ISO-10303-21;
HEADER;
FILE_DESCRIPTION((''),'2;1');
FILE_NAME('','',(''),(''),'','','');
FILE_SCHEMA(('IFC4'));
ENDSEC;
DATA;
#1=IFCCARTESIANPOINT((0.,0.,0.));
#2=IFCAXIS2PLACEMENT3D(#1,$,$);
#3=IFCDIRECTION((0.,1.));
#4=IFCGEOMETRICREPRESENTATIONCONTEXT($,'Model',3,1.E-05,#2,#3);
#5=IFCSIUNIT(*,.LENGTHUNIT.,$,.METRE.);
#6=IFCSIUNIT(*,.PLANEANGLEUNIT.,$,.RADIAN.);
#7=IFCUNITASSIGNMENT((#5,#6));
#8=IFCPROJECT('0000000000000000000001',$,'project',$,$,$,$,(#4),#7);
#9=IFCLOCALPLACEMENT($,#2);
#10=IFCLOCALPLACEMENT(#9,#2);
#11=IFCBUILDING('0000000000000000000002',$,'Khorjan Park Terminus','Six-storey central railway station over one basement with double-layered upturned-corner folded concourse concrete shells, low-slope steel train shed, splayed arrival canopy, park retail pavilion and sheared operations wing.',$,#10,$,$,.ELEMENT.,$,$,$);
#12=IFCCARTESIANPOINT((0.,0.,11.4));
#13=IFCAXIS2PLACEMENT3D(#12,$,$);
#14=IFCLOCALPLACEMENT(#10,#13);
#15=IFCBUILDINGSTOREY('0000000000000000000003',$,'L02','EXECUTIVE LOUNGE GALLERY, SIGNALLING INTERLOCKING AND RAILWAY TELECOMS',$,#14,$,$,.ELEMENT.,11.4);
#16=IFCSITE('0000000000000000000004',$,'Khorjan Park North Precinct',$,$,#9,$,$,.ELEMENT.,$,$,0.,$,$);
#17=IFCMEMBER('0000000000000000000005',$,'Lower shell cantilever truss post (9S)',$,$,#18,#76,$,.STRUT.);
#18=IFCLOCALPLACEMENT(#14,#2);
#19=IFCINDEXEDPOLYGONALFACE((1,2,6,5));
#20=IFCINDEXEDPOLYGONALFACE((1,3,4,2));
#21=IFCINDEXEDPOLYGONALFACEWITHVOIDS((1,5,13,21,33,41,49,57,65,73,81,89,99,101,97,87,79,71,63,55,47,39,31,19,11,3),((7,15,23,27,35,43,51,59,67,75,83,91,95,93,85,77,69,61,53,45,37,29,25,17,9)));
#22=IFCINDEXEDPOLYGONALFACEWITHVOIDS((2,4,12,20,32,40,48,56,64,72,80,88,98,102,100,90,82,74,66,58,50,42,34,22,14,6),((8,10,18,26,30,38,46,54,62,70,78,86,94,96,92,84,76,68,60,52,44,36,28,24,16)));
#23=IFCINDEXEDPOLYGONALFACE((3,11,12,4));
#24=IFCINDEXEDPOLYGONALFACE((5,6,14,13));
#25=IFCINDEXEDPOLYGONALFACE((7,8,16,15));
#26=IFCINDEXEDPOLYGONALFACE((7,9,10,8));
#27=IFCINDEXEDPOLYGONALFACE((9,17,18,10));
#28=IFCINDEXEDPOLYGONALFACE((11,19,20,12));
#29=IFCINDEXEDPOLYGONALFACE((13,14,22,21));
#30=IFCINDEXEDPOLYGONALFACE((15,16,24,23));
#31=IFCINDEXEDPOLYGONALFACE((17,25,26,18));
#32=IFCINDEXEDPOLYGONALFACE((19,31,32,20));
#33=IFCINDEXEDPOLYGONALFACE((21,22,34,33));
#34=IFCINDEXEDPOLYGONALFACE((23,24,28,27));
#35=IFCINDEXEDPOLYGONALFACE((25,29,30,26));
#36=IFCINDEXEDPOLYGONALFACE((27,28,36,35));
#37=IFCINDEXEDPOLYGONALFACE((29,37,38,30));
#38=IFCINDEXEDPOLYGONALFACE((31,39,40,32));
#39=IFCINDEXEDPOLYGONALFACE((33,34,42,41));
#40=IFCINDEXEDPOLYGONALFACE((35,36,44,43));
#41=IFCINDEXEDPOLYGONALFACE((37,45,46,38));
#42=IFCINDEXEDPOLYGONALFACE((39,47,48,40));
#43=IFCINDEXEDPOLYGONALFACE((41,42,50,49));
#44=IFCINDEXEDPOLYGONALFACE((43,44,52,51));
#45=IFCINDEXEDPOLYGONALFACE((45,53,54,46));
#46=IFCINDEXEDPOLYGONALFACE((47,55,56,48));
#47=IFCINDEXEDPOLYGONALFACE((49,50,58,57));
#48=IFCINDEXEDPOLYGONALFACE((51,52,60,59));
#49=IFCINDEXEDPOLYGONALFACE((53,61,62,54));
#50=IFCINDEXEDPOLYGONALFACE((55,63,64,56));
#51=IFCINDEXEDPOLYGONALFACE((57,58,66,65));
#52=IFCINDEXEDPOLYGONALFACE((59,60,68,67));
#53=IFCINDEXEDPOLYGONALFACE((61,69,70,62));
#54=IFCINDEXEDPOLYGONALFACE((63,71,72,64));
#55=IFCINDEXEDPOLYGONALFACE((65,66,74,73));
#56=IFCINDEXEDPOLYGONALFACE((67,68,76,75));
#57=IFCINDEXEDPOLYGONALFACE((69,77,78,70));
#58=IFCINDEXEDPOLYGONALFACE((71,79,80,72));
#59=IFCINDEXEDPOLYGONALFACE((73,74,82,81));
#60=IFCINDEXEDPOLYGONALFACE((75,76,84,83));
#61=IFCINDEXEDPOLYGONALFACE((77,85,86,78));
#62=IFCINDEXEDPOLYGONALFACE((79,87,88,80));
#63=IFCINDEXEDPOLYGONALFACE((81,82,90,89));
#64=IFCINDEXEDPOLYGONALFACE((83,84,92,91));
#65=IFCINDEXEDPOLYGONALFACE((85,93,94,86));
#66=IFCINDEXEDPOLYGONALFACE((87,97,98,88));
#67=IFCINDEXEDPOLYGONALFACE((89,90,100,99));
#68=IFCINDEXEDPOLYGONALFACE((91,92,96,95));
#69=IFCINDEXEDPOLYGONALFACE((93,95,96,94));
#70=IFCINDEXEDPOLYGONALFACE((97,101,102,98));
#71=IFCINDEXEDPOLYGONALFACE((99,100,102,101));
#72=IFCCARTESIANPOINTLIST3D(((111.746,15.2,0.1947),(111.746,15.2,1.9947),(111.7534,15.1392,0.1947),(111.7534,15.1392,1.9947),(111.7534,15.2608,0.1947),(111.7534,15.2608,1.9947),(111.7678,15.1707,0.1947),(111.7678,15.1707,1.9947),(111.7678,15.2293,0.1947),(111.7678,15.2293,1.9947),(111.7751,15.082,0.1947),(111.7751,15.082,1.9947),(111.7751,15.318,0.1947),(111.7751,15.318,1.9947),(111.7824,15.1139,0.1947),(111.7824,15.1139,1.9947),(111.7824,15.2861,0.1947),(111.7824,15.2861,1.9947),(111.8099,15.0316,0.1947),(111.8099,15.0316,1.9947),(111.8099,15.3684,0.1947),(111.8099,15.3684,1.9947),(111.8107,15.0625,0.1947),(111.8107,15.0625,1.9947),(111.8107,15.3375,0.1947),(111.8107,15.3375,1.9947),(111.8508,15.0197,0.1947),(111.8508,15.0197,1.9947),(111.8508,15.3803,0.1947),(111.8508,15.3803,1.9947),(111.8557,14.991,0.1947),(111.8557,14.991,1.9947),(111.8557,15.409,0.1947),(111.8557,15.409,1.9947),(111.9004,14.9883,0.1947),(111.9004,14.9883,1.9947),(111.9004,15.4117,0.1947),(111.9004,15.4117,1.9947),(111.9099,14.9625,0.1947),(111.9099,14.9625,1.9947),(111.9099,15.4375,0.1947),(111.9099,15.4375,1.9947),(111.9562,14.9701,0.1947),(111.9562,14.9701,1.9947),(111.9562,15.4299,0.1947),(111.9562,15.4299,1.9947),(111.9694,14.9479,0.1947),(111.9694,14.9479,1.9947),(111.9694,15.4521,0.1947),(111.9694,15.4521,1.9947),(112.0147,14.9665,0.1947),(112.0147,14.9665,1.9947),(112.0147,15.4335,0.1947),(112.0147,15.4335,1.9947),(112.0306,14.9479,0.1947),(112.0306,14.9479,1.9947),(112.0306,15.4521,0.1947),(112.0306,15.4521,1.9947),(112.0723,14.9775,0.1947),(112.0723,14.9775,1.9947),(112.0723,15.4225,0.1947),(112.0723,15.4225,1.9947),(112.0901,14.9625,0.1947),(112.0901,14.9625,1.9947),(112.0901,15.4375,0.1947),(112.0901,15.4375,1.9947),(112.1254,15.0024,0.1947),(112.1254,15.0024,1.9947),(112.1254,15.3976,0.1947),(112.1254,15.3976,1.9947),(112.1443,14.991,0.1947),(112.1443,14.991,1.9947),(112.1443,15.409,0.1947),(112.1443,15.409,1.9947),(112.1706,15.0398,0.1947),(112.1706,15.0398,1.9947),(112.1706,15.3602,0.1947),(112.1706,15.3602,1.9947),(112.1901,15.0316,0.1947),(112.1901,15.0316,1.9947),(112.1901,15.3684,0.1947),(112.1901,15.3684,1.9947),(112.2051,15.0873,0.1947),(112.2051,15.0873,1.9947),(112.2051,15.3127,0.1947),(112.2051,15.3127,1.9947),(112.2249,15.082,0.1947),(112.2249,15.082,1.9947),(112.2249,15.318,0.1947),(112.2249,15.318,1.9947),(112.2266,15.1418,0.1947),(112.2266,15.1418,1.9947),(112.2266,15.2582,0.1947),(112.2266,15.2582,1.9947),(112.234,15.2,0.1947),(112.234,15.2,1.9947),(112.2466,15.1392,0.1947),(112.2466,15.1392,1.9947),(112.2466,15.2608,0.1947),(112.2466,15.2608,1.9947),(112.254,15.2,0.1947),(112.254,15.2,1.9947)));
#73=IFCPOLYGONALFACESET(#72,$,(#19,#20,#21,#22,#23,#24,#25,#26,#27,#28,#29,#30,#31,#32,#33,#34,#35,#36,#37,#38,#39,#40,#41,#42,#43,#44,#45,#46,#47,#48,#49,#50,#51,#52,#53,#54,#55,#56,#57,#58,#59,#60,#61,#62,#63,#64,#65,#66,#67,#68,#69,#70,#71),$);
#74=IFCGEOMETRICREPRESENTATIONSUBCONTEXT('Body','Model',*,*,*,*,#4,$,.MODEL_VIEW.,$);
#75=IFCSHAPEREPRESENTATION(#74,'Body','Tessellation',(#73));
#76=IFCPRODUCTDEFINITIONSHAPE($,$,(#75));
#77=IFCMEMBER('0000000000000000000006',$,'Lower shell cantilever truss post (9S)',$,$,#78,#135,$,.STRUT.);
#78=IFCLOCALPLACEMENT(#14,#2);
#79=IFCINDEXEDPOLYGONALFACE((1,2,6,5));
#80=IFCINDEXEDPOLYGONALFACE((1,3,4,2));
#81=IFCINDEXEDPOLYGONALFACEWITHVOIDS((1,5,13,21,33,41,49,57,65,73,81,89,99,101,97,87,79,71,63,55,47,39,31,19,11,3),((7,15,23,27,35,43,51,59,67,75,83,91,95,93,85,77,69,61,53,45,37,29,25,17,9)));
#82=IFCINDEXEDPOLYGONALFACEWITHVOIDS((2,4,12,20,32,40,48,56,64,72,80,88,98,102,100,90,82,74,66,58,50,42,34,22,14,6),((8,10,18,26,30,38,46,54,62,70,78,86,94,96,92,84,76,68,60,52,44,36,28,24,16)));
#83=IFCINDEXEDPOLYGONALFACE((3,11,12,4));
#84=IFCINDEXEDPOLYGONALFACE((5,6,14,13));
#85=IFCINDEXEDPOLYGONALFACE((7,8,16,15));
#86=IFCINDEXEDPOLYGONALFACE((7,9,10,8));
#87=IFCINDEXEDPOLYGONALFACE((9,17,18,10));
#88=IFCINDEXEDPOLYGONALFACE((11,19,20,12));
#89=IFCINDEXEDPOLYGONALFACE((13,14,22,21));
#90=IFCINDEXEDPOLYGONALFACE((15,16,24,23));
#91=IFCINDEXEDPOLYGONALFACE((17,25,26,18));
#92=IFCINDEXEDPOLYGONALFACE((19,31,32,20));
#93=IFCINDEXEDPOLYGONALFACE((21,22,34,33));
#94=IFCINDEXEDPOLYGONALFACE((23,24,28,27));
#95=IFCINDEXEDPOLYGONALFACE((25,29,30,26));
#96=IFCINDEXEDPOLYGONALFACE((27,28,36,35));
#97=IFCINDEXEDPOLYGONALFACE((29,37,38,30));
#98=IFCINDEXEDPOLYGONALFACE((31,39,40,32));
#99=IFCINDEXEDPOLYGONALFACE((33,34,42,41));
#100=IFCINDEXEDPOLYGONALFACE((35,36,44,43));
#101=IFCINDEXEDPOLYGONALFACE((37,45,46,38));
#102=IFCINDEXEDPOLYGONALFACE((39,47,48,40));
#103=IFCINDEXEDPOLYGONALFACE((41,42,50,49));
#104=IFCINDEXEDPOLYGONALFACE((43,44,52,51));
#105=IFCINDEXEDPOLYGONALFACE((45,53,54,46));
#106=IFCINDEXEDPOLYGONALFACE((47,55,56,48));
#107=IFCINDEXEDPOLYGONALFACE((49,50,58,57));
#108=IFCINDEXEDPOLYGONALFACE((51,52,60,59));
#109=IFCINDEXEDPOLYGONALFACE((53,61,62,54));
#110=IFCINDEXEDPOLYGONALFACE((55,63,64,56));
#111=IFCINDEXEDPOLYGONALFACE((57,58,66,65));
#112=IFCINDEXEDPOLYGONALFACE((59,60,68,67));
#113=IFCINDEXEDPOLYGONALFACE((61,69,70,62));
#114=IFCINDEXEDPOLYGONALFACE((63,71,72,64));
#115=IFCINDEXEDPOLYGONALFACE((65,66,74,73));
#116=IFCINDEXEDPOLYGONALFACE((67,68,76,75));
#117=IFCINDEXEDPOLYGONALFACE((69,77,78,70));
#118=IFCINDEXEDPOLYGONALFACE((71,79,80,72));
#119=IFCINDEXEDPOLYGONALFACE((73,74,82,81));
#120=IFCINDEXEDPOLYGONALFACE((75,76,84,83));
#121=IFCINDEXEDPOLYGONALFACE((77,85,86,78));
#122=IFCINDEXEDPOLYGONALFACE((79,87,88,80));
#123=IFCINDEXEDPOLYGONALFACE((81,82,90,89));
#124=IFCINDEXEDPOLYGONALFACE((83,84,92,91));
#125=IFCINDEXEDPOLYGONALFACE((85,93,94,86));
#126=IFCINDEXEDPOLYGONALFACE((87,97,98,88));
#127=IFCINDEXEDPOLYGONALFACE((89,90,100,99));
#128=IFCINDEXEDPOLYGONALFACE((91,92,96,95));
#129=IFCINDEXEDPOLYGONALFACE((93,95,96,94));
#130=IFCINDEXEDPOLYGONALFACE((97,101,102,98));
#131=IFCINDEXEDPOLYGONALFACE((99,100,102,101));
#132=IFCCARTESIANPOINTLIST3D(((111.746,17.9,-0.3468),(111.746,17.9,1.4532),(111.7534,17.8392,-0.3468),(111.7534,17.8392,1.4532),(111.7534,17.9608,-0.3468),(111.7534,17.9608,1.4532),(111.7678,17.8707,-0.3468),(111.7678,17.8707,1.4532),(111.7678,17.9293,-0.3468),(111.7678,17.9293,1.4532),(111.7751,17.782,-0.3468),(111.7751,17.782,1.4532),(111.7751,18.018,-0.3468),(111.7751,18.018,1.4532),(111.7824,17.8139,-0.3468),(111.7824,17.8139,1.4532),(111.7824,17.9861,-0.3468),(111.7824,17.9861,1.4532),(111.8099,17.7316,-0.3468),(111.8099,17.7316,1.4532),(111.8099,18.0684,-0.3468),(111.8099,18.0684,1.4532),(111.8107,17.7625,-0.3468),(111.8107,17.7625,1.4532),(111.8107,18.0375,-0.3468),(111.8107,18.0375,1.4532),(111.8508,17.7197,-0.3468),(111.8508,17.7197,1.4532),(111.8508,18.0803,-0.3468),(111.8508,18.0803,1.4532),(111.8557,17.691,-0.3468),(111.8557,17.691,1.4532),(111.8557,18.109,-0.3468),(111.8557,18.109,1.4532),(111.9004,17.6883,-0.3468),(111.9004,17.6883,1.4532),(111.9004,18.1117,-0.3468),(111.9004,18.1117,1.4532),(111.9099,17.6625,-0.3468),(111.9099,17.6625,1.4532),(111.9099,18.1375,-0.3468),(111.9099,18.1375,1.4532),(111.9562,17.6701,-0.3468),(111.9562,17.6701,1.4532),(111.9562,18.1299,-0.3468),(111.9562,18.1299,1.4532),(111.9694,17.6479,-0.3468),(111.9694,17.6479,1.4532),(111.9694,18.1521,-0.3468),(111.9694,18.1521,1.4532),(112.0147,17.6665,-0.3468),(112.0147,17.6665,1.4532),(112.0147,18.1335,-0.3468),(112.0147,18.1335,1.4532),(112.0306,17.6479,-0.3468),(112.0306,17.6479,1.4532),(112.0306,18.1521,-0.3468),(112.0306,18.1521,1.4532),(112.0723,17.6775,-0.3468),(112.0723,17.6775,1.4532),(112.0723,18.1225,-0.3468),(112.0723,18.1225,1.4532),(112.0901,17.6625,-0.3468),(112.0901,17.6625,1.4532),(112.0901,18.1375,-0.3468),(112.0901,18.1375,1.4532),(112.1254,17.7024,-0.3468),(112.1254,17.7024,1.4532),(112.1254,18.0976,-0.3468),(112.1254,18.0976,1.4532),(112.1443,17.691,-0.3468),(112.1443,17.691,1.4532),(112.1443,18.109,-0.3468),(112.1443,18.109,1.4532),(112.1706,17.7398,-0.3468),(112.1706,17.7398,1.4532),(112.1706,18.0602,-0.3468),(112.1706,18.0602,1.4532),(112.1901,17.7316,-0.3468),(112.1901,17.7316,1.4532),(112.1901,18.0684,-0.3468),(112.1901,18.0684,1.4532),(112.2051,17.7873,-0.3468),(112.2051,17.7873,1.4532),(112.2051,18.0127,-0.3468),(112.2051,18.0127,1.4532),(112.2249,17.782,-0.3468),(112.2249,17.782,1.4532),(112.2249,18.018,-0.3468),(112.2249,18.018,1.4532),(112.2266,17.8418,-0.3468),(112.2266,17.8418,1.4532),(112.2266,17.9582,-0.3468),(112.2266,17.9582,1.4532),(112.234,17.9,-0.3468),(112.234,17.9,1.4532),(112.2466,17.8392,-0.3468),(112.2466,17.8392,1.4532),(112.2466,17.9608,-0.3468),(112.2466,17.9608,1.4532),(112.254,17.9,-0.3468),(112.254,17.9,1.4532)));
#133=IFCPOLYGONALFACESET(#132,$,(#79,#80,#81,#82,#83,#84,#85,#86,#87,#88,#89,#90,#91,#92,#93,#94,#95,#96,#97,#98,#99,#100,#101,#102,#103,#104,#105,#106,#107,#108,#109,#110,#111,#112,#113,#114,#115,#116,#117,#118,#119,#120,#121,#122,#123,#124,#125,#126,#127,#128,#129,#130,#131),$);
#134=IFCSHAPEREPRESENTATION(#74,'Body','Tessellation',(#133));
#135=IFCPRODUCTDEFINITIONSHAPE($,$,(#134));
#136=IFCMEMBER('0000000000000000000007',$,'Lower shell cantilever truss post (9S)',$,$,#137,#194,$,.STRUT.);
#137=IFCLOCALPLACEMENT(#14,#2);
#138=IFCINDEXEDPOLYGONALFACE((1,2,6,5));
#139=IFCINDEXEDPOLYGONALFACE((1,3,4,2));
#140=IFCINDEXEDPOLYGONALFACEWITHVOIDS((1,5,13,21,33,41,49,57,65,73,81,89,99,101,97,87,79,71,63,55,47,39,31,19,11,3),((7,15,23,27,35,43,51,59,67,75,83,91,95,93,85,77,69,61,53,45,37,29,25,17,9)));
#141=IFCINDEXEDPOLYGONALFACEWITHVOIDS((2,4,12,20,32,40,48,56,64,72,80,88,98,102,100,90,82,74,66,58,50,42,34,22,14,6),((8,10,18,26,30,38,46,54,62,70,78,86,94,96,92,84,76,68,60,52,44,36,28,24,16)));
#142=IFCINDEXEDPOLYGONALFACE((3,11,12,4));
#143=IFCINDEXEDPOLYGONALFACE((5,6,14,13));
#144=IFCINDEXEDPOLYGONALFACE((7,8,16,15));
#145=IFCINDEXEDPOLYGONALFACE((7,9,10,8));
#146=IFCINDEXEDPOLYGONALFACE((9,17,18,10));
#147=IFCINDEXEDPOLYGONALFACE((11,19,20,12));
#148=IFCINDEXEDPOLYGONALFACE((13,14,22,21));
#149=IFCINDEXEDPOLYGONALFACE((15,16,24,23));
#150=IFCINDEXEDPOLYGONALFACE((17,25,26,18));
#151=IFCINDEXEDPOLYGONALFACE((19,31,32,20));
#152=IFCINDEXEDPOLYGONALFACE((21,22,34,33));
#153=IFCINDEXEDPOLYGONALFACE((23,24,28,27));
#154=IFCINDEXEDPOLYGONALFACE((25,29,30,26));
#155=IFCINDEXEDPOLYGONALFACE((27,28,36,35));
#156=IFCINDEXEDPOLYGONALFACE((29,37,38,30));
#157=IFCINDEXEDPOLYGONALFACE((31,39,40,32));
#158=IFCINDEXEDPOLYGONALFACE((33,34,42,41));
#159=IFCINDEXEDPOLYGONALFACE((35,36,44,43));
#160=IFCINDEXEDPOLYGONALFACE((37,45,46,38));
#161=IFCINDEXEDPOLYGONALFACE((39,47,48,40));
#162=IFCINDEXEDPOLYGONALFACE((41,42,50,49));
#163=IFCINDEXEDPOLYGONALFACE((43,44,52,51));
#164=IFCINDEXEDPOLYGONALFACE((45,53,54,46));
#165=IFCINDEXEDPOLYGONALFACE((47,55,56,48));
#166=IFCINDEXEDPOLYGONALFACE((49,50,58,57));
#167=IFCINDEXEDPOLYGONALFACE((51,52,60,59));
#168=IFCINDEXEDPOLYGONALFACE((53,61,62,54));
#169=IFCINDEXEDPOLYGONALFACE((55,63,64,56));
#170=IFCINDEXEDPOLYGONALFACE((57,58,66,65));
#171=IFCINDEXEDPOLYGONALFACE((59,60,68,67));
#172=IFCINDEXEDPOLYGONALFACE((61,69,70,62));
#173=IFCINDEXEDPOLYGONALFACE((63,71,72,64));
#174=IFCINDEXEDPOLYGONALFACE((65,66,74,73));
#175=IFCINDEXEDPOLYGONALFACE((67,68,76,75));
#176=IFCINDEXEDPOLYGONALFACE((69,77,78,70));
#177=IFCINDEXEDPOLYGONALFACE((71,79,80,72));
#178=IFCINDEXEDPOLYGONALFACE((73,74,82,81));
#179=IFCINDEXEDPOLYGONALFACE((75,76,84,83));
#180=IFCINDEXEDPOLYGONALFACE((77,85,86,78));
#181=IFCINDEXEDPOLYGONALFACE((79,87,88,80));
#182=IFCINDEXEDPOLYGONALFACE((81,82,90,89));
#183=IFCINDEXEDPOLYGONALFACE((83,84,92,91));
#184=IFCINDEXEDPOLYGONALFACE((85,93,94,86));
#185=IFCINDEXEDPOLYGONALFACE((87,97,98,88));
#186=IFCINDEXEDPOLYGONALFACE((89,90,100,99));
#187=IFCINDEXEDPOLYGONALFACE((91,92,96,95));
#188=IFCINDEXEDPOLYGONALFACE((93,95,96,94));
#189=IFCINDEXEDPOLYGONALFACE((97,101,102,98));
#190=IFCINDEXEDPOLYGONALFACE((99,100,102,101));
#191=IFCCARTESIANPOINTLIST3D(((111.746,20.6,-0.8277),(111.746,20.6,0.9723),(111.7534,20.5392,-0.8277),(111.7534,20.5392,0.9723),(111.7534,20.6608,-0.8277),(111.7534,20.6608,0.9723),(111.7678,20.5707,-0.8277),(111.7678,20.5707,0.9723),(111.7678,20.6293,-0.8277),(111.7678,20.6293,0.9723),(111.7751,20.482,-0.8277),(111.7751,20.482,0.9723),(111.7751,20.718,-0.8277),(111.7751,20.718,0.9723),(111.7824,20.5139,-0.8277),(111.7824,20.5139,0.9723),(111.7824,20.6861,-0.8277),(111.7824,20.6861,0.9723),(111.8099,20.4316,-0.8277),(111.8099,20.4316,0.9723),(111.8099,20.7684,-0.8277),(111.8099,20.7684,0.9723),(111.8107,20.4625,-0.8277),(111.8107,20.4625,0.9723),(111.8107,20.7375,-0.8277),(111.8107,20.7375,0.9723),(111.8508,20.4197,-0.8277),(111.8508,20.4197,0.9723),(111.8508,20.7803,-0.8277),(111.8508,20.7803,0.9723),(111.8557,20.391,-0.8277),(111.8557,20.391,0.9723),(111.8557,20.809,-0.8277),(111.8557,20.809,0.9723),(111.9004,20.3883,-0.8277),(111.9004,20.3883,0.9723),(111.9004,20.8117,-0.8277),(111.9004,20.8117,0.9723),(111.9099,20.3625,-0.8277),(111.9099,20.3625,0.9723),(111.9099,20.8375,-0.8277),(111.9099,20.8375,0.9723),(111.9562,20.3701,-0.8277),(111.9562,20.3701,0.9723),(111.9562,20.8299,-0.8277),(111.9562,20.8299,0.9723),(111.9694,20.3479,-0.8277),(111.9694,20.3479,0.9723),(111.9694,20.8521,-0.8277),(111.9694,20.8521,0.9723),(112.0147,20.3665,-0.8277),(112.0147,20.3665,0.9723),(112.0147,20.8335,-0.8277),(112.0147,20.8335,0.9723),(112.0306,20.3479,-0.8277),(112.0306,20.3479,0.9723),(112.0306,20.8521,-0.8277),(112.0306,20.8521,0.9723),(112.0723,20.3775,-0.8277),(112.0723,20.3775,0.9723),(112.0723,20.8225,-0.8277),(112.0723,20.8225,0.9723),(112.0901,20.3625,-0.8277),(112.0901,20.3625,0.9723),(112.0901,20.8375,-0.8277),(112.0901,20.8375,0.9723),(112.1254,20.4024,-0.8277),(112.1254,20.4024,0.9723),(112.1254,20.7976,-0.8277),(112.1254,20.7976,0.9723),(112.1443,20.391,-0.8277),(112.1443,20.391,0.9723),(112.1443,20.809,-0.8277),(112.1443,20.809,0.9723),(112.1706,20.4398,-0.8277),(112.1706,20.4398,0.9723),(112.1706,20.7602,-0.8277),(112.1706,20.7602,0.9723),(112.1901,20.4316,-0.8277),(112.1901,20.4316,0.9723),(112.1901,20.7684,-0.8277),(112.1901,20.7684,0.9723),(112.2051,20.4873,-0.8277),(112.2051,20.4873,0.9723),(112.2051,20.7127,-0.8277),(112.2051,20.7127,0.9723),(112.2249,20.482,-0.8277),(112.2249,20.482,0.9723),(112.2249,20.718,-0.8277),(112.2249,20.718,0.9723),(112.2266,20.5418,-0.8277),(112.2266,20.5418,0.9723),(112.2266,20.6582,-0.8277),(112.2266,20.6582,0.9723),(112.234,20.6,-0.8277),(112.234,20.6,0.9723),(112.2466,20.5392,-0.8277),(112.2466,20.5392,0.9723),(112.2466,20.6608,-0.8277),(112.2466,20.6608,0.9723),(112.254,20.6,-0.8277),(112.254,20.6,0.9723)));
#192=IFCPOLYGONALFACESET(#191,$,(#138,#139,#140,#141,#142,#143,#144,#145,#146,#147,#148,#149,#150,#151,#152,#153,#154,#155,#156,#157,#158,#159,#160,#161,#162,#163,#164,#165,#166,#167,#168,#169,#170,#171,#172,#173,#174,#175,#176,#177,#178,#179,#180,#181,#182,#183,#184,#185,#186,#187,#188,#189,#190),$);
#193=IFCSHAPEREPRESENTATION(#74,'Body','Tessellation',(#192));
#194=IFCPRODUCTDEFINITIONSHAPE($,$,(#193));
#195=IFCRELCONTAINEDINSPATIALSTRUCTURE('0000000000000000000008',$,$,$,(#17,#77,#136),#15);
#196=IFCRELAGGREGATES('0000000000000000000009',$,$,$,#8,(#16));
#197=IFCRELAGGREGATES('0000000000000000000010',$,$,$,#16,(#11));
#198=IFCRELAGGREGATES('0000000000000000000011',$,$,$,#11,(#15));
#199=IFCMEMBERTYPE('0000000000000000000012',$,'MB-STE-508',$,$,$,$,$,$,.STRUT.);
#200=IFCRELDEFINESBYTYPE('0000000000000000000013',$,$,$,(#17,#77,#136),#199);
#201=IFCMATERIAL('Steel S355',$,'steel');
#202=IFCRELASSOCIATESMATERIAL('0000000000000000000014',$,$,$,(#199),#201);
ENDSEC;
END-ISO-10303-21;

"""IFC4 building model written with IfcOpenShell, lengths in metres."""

from ifc_helpers import new_model, si_unit, direction, frame, origin, origin_2d, place, context, subcontext, project, spatial, hollow_circle, extrude, material, material_profile, profile_set, type_object, element, save


model = new_model("IFC4")

# Units and contexts
model_context = context("Model", 3, precision=1e-05, world=origin(), true_north=direction((0.0, 1.0)))
body_context = subcontext(model_context, "Body", "Model", "MODEL_VIEW")
ifc_project = project(units=[si_unit("LENGTHUNIT", "METRE"), si_unit("PLANEANGLEUNIT", "RADIAN")], contexts=[model_context])

# Site, building, storey
site_placement = place(None, origin())
site = spatial("IfcSite", under=ifc_project, at=site_placement, Name="Khorjan Park North Precinct", CompositionType="ELEMENT", RefElevation=0.0)
building_placement = place(site_placement, origin())
building = spatial("IfcBuilding", under=site, at=building_placement, Name="Khorjan Park Terminus", Description="Six-storey central railway station over one basement with double-layered upturned-corner folded concourse concrete shells, low-slope steel train shed, splayed arrival canopy, park retail pavilion and sheared operations wing.", CompositionType="ELEMENT")
storey_placement = place(building_placement, frame((0.0, 0.0, 11.4)))
storey = spatial("IfcBuildingStorey", under=building, at=storey_placement, Name="L02", Description="EXECUTIVE LOUNGE GALLERY, SIGNALLING INTERLOCKING AND RAILWAY TELECOMS", CompositionType="ELEMENT", Elevation=11.4)

# Members
ifc_material_1 = material(Name="Steel S355", Category="steel")
ifc_material_profile_1 = material_profile(ifc_material_1, hollow_circle(Radius=0.254, WallThickness=0.02, at=origin_2d()), Name="CHS 508x20")
ifc_profile_set_1 = profile_set([ifc_material_profile_1], Name="Steel S355")
member_type_1 = type_object("IfcMemberType", Name="MB-STE-508", PredefinedType="STRUT", material=ifc_profile_set_1)
for number, where, z_axis, x_axis, name in (
    (1, (112.0, 15.2, 0.1947), (0.0, 0.0, 1.0), (1.0, 0.0, 0.0), "Lower shell cantilever truss post (9S)"),
    (2, (112.0, 17.9, -0.3468), (0.0, 0.0, 1.0), (1.0, 0.0, 0.0), "Lower shell cantilever truss post (9S)"),
    (3, (112.0, 20.6, -0.8277), (0.0, 0.0, 1.0), (1.0, 0.0, 0.0), "Lower shell cantilever truss post (9S)"),
):
    element("IfcMember", number, at=place(storey_placement, frame(where, z_axis=z_axis, x_axis=x_axis)), inside=storey, type_object=member_type_1, Name=name, PredefinedType="STRUT", context=body_context, shape_type="SweptSolid", body=[
        extrude(hollow_circle(Radius=0.254, WallThickness=0.02, at=origin_2d()), origin(), (0.0, 0.0, 1.0), 1.8),
    ])

save(model, "model.ifc")
